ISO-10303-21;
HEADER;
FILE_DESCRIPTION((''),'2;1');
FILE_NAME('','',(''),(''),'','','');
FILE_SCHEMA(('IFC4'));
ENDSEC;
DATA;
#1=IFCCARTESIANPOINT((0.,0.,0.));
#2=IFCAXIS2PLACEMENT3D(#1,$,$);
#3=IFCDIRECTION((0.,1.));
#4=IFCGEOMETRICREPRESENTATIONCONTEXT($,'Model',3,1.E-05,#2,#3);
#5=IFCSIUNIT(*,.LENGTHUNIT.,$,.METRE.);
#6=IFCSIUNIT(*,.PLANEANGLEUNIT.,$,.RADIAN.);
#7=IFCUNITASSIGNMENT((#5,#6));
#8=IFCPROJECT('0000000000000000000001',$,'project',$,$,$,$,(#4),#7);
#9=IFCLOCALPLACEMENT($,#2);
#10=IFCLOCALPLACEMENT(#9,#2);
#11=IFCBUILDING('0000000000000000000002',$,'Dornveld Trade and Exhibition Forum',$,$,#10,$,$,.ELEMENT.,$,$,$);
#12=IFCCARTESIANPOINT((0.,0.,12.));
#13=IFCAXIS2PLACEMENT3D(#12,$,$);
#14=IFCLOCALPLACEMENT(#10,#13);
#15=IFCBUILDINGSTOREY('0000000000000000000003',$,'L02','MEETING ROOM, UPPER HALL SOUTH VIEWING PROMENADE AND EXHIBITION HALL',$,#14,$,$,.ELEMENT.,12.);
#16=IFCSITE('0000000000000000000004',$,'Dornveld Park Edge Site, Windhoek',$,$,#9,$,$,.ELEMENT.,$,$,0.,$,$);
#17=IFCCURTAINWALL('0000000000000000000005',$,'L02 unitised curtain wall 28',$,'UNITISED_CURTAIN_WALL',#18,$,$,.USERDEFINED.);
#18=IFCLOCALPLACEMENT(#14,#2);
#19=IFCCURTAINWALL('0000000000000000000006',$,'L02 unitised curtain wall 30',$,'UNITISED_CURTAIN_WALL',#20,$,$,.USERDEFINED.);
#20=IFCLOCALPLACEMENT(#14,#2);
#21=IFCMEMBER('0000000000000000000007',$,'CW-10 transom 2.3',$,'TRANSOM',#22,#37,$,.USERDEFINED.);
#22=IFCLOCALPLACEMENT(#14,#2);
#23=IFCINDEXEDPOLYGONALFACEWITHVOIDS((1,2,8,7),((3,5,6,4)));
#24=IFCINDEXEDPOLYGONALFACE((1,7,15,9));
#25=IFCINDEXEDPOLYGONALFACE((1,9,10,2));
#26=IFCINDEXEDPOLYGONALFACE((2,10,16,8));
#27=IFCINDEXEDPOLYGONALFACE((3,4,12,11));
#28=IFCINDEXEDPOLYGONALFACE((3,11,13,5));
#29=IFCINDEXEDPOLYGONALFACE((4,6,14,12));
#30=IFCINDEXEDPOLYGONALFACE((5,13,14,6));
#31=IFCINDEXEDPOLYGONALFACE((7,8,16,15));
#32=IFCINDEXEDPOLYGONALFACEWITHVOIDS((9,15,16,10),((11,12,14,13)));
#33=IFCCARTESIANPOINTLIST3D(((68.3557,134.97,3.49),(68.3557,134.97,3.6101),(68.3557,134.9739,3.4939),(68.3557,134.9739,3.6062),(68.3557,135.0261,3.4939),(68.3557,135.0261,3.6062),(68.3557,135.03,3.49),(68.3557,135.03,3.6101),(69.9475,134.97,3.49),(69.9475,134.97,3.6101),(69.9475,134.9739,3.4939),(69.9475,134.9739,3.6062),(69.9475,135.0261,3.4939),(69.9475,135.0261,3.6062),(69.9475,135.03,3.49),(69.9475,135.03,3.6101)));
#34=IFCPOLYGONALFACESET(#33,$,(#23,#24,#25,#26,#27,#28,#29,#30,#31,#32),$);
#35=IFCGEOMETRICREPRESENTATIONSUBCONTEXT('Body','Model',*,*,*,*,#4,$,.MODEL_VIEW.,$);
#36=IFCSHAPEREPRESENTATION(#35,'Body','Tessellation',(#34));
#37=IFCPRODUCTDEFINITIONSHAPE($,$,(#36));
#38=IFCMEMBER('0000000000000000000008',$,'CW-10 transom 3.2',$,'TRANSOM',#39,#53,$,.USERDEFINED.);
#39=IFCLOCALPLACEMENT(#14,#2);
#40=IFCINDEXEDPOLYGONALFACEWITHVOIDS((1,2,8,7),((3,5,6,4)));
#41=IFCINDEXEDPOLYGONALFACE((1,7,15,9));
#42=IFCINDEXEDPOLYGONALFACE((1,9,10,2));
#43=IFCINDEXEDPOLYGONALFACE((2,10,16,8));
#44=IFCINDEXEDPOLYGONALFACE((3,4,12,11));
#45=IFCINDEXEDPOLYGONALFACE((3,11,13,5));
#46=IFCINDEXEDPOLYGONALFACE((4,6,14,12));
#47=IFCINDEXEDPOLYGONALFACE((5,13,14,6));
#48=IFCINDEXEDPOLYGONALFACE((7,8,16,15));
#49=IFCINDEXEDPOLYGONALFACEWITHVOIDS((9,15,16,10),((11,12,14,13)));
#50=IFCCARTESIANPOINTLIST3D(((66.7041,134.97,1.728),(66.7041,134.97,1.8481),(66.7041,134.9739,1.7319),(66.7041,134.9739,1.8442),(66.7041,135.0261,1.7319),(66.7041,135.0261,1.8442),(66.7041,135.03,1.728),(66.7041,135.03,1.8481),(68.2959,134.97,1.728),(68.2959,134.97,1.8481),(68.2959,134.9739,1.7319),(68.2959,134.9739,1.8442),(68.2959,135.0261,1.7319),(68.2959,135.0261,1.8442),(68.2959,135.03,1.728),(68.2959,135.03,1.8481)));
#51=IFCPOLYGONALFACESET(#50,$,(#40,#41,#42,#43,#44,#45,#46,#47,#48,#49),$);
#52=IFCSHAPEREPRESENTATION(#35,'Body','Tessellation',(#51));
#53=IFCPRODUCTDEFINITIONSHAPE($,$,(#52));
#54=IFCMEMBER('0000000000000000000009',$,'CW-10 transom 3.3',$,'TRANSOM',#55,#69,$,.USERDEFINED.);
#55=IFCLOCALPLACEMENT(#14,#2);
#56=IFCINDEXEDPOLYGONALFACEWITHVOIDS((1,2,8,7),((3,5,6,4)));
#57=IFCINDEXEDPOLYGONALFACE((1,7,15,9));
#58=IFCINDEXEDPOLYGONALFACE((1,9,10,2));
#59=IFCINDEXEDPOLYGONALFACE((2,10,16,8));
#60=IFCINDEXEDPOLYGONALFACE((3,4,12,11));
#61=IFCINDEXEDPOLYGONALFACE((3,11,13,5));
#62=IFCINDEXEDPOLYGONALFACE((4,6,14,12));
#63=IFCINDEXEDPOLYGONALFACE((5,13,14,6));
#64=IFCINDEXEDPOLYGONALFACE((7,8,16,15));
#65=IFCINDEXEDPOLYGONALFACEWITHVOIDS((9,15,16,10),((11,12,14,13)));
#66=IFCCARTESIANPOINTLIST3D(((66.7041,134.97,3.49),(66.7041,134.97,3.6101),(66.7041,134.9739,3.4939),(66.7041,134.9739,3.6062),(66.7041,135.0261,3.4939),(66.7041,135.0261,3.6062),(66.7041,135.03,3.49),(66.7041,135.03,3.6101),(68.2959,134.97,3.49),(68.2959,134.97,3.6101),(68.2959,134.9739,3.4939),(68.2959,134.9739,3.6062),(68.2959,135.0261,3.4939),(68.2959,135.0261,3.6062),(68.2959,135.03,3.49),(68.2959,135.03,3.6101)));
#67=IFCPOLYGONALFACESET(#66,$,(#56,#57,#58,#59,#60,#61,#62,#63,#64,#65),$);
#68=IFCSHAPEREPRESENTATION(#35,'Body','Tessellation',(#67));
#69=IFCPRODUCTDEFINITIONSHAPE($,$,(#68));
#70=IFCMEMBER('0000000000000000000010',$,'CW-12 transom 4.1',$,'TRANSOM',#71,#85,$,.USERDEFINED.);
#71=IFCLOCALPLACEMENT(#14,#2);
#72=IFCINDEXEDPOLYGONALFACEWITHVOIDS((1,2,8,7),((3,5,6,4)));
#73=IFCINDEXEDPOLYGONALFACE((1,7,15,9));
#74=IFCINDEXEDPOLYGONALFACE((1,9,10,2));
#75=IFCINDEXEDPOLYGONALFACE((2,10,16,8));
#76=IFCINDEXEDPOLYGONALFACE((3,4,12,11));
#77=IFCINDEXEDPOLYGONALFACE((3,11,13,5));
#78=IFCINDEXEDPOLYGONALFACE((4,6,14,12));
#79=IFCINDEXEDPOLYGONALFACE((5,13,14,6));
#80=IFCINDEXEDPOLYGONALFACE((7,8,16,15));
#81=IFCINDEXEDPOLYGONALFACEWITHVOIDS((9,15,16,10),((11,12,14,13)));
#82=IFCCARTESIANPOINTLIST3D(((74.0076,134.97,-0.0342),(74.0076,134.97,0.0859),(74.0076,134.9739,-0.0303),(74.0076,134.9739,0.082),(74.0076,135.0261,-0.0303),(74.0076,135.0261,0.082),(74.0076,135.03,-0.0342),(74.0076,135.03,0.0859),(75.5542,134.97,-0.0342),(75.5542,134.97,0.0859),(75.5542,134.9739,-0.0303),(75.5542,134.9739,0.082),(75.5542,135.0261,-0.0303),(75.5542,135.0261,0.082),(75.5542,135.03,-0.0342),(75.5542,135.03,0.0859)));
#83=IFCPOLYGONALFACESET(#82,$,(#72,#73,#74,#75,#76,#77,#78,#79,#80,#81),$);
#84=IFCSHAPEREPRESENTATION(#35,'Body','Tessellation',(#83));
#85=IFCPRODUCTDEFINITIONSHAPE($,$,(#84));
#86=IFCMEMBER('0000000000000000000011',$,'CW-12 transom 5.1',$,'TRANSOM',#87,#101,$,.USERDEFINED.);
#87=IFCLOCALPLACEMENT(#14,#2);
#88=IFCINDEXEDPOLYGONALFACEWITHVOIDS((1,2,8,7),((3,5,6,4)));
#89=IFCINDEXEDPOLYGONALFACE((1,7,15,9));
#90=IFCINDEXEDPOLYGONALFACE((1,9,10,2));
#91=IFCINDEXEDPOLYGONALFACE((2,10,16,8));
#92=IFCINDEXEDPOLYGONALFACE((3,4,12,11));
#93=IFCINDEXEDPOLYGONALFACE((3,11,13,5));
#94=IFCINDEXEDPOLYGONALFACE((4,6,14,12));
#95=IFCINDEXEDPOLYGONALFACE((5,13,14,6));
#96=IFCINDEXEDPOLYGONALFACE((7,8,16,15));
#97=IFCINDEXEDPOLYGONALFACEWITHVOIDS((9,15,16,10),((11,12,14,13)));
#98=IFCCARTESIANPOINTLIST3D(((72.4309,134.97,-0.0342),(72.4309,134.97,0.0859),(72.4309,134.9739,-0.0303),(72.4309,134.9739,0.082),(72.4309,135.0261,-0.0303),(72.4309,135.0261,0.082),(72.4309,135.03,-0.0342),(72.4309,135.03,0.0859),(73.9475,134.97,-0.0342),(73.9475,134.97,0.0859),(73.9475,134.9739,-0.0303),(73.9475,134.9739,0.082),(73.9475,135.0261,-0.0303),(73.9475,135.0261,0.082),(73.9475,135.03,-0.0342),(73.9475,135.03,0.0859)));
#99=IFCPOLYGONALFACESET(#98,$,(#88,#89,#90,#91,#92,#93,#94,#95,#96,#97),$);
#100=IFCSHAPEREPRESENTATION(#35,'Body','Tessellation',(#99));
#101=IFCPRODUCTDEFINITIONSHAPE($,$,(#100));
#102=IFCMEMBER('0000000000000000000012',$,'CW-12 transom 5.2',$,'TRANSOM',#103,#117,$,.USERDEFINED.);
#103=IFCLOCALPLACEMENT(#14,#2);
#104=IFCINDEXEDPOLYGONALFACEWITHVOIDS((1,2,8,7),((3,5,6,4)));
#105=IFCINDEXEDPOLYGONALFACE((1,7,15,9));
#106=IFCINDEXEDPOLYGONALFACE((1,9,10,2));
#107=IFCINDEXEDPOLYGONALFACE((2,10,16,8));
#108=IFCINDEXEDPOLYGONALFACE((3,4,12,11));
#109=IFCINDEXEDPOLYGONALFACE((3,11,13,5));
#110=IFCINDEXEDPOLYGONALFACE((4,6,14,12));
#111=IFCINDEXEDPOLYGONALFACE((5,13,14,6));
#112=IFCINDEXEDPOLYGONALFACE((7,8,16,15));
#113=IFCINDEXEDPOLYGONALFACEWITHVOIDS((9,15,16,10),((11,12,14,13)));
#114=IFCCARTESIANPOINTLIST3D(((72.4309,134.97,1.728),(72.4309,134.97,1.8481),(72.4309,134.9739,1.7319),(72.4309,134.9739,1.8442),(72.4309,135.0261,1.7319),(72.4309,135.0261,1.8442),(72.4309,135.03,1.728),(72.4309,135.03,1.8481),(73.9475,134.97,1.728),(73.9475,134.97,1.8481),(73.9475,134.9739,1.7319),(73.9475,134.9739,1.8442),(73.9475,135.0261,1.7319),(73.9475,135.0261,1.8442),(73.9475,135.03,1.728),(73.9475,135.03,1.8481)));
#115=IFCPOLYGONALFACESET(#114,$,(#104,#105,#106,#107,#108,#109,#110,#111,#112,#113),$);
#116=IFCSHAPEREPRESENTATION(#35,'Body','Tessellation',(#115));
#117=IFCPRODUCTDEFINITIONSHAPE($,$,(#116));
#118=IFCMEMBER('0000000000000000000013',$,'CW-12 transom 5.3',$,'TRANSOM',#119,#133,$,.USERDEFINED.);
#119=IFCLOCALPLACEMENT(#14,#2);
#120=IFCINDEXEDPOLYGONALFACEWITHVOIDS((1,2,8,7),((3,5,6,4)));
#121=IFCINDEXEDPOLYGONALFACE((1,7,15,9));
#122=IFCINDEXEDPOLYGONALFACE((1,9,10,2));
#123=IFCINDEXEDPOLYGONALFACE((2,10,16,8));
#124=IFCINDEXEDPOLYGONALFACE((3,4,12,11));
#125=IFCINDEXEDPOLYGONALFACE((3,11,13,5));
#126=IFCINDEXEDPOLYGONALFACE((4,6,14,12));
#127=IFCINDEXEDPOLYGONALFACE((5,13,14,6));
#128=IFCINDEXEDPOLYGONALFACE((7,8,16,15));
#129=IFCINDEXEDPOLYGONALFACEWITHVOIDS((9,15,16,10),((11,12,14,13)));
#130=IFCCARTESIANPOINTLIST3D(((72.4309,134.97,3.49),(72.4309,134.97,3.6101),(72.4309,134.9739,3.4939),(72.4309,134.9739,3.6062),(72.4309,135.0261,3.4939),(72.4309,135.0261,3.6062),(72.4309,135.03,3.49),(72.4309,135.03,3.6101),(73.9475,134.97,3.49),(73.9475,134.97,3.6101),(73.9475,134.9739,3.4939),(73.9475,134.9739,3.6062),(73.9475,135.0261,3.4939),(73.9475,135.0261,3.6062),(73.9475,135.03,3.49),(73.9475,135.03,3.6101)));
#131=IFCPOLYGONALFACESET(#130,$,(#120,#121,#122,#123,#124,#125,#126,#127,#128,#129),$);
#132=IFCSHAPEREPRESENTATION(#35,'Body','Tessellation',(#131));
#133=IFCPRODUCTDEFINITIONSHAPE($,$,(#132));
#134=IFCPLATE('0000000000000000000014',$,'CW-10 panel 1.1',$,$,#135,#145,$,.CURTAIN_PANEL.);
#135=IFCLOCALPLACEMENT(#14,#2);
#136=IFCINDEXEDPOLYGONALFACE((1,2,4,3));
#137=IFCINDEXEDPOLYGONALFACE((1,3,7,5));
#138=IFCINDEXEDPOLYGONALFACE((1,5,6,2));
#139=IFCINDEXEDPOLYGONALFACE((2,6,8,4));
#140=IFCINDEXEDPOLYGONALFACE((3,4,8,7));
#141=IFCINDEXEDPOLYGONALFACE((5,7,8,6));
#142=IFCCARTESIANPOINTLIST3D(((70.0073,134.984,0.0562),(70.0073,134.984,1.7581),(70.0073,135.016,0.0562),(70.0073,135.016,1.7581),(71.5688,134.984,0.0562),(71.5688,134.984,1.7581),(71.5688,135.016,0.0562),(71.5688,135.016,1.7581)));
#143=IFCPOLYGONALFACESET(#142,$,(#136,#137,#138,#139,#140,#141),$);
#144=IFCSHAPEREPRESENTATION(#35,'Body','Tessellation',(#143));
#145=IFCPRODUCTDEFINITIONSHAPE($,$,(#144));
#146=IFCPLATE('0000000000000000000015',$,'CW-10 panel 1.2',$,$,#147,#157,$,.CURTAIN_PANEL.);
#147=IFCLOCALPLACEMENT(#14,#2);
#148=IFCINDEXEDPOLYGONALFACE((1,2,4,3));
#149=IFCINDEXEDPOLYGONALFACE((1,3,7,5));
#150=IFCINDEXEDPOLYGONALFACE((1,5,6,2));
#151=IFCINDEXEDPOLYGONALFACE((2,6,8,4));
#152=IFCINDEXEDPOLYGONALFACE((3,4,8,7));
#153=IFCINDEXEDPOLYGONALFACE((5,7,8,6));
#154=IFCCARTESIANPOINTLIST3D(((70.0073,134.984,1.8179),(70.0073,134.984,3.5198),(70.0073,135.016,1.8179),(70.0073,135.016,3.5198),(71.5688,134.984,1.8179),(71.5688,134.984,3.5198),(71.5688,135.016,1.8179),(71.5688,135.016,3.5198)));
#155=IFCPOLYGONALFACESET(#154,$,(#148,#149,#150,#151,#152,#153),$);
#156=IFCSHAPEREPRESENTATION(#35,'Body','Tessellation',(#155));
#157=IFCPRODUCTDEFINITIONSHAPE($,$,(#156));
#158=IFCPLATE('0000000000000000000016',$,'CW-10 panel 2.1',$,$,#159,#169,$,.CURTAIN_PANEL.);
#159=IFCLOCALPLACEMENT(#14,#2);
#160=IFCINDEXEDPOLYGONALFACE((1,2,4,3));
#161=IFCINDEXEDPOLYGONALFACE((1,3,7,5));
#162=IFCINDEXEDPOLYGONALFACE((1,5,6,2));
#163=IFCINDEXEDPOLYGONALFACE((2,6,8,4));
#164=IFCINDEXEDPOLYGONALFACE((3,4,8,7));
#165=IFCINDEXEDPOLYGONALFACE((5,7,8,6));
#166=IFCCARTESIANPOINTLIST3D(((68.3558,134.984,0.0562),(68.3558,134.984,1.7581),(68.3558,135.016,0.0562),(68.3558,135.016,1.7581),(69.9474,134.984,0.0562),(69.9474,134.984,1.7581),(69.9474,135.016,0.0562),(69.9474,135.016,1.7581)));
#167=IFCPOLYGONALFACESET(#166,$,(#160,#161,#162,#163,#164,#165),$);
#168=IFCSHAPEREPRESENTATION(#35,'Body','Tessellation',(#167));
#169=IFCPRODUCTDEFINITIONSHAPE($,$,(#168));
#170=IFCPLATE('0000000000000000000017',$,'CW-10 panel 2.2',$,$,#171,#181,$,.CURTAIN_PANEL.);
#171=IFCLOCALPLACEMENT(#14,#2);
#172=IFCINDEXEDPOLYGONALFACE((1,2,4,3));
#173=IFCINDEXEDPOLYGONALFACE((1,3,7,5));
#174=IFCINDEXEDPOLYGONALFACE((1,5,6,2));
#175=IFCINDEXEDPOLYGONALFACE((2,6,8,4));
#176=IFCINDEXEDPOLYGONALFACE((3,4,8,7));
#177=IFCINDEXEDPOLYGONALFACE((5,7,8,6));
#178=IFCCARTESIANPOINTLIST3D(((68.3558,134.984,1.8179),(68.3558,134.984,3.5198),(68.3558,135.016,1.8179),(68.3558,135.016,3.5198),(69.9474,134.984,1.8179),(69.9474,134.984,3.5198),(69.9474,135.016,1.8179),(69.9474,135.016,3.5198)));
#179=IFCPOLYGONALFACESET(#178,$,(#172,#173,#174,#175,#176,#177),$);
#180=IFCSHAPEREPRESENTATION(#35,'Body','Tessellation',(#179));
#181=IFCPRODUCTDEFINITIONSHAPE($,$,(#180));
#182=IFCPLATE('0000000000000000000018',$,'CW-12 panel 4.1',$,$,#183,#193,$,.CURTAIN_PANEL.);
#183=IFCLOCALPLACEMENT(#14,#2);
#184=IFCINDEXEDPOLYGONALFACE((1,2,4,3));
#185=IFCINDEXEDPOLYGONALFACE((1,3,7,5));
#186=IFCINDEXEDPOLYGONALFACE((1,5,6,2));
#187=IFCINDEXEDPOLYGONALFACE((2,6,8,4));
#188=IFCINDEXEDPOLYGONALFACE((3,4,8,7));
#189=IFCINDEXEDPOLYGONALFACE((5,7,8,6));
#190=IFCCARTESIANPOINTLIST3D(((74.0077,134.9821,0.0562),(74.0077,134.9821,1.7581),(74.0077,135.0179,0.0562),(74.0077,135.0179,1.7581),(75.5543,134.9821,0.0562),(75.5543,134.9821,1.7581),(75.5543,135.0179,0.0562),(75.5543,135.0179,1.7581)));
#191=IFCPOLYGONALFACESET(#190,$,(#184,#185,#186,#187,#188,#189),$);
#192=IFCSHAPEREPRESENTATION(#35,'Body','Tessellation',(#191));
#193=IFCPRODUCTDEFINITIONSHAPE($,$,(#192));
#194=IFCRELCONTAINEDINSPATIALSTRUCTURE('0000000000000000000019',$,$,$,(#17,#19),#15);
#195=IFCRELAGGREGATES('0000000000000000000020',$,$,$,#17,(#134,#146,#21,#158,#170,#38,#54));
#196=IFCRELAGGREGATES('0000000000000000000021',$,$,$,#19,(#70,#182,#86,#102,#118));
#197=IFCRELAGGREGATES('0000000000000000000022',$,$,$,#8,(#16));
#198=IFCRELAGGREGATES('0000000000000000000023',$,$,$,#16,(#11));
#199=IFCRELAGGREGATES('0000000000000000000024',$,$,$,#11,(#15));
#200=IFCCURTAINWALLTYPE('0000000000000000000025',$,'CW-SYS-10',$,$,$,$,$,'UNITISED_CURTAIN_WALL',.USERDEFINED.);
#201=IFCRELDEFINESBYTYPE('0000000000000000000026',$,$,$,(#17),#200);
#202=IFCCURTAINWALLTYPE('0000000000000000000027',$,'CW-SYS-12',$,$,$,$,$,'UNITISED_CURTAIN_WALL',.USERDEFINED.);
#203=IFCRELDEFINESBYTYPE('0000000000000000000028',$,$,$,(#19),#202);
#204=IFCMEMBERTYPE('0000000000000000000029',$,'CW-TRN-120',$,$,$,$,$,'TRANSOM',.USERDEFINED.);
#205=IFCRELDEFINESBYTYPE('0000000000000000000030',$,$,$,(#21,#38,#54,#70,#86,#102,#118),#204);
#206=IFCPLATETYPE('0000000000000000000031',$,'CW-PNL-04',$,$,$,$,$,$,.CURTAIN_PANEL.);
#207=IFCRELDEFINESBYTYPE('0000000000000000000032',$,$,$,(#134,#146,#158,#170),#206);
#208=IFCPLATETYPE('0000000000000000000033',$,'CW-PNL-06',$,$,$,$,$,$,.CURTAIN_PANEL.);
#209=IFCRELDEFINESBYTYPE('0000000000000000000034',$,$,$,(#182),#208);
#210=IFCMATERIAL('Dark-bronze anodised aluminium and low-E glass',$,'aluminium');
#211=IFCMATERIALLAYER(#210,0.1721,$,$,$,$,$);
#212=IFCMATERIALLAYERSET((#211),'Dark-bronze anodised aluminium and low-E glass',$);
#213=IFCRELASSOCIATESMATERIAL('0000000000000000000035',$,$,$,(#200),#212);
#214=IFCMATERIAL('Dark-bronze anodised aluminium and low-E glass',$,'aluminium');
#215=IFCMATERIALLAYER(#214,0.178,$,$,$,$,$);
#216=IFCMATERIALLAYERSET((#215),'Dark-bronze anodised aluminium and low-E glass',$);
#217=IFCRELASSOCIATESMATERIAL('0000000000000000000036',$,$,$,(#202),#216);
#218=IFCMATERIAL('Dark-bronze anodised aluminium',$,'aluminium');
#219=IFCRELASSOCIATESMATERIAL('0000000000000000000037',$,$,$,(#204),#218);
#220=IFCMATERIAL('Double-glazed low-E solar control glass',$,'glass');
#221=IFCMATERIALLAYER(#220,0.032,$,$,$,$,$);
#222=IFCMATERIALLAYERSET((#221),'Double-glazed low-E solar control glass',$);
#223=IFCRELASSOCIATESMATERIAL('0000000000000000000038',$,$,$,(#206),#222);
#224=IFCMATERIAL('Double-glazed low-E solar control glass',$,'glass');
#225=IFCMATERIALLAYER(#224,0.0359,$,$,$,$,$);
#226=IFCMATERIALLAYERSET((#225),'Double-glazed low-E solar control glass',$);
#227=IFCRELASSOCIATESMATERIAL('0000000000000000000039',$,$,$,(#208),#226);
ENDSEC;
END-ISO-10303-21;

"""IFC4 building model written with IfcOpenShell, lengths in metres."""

from ifc_helpers import new_model, si_unit, direction, frame, origin, origin_2d, place, context, subcontext, project, spatial, rectangle, hollow_rectangle, extrude, material, layer, layer_set, material_profile, profile_set, type_object, element, aggregate, save


model = new_model("IFC4")

# Units and contexts
model_context = context("Model", 3, precision=1e-05, world=origin(), true_north=direction((0.0, 1.0)))
body_context = subcontext(model_context, "Body", "Model", "MODEL_VIEW")
ifc_project = project(units=[si_unit("LENGTHUNIT", "METRE"), si_unit("PLANEANGLEUNIT", "RADIAN")], contexts=[model_context])

# Site, building, storey
site_placement = place(None, origin())
site = spatial("IfcSite", under=ifc_project, at=site_placement, Name="Dornveld Park Edge Site, Windhoek", CompositionType="ELEMENT", RefElevation=0.0)
building_placement = place(site_placement, origin())
building = spatial("IfcBuilding", under=site, at=building_placement, Name="Dornveld Trade and Exhibition Forum", CompositionType="ELEMENT")
storey_placement = place(building_placement, frame((0.0, 0.0, 12.0)))
storey = spatial("IfcBuildingStorey", under=building, at=storey_placement, Name="L02", Description="MEETING ROOM, UPPER HALL SOUTH VIEWING PROMENADE AND EXHIBITION HALL", CompositionType="ELEMENT", Elevation=12.0)

# Curtain walls
ifc_material_1 = material(Name="Dark-bronze anodised aluminium and low-E glass", Category="aluminium")
ifc_layer_1 = layer(ifc_material_1, 0.1721)
ifc_layer_set_1 = layer_set([ifc_layer_1], Name="Dark-bronze anodised aluminium and low-E glass")
curtain_wall_type_1 = type_object("IfcCurtainWallType", Name="CW-SYS-10", ElementType="UNITISED_CURTAIN_WALL", PredefinedType="USERDEFINED", material=ifc_layer_set_1)
curtain_wall_1_placement = place(storey_placement, origin())
curtain_wall_1 = element("IfcCurtainWall", 1, at=curtain_wall_1_placement, inside=storey, type_object=curtain_wall_type_1, Name="L02 unitised curtain wall 28", ObjectType="UNITISED_CURTAIN_WALL", PredefinedType="USERDEFINED")
ifc_material_2 = material(Name="Dark-bronze anodised aluminium and low-E glass", Category="aluminium")
ifc_layer_2 = layer(ifc_material_2, 0.178)
ifc_layer_set_2 = layer_set([ifc_layer_2], Name="Dark-bronze anodised aluminium and low-E glass")
curtain_wall_type_2 = type_object("IfcCurtainWallType", Name="CW-SYS-12", ElementType="UNITISED_CURTAIN_WALL", PredefinedType="USERDEFINED", material=ifc_layer_set_2)
curtain_wall_2_placement = place(storey_placement, origin())
curtain_wall_2 = element("IfcCurtainWall", 2, at=curtain_wall_2_placement, inside=storey, type_object=curtain_wall_type_2, Name="L02 unitised curtain wall 30", ObjectType="UNITISED_CURTAIN_WALL", PredefinedType="USERDEFINED")

# Members
ifc_material_3 = material(Name="Dark-bronze anodised aluminium", Category="aluminium")
ifc_material_profile_1 = material_profile(ifc_material_3, hollow_rectangle(XDim=0.0601, YDim=0.1201, WallThickness=0.0039, at=origin_2d()), Name="RHS 120x60x4")
ifc_profile_set_1 = profile_set([ifc_material_profile_1], Name="Dark-bronze anodised aluminium")
member_type_1 = type_object("IfcMemberType", Name="CW-TRN-120", ElementType="TRANSOM", PredefinedType="USERDEFINED", material=ifc_profile_set_1)
member_1_placement = place(storey_placement, frame((69.9475, 135.0, 3.55), z_axis=(-1.0, 0.0, 0.0), x_axis=(0.0, -1.0, 0.0)))
member_1 = element("IfcMember", 3, at=member_1_placement, type_object=member_type_1, Name="CW-10 transom 2.3", ObjectType="TRANSOM", PredefinedType="USERDEFINED", context=body_context, shape_type="SweptSolid", body=[
    extrude(hollow_rectangle(XDim=0.0601, YDim=0.1201, WallThickness=0.0039, at=origin_2d()), origin(), (0.0, 0.0, 1.0), 1.5918),
])
member_2_placement = place(storey_placement, frame((68.2959, 135.0, 1.7881), z_axis=(-1.0, 0.0, 0.0), x_axis=(0.0, -1.0, 0.0)))
member_2 = element("IfcMember", 4, at=member_2_placement, type_object=member_type_1, Name="CW-10 transom 3.2", ObjectType="TRANSOM", PredefinedType="USERDEFINED", context=body_context, shape_type="SweptSolid", body=[
    extrude(hollow_rectangle(XDim=0.0601, YDim=0.1201, WallThickness=0.0039, at=origin_2d()), origin(), (0.0, 0.0, 1.0), 1.5918),
])
member_3_placement = place(storey_placement, frame((68.2959, 135.0, 3.55), z_axis=(-1.0, 0.0, 0.0), x_axis=(0.0, -1.0, 0.0)))
member_3 = element("IfcMember", 5, at=member_3_placement, type_object=member_type_1, Name="CW-10 transom 3.3", ObjectType="TRANSOM", PredefinedType="USERDEFINED", context=body_context, shape_type="SweptSolid", body=[
    extrude(hollow_rectangle(XDim=0.0601, YDim=0.1201, WallThickness=0.0039, at=origin_2d()), origin(), (0.0, 0.0, 1.0), 1.5918),
])
member_4_placement = place(storey_placement, frame((75.5542, 135.0, 0.0259), z_axis=(-1.0, 0.0, 0.0), x_axis=(0.0, -1.0, 0.0)))
member_4 = element("IfcMember", 6, at=member_4_placement, type_object=member_type_1, Name="CW-12 transom 4.1", ObjectType="TRANSOM", PredefinedType="USERDEFINED", context=body_context, shape_type="SweptSolid", body=[
    extrude(hollow_rectangle(XDim=0.0601, YDim=0.1201, WallThickness=0.0039, at=origin_2d()), origin(), (0.0, 0.0, 1.0), 1.5466),
])
member_5_placement = place(storey_placement, frame((73.9475, 135.0, 0.0259), z_axis=(-1.0, 0.0, 0.0), x_axis=(0.0, -1.0, 0.0)))
member_5 = element("IfcMember", 7, at=member_5_placement, type_object=member_type_1, Name="CW-12 transom 5.1", ObjectType="TRANSOM", PredefinedType="USERDEFINED", context=body_context, shape_type="SweptSolid", body=[
    extrude(hollow_rectangle(XDim=0.0601, YDim=0.1201, WallThickness=0.0039, at=origin_2d()), origin(), (0.0, 0.0, 1.0), 1.5166),
])
member_6_placement = place(storey_placement, frame((73.9475, 135.0, 1.7881), z_axis=(-1.0, 0.0, 0.0), x_axis=(0.0, -1.0, 0.0)))
member_6 = element("IfcMember", 8, at=member_6_placement, type_object=member_type_1, Name="CW-12 transom 5.2", ObjectType="TRANSOM", PredefinedType="USERDEFINED", context=body_context, shape_type="SweptSolid", body=[
    extrude(hollow_rectangle(XDim=0.0601, YDim=0.1201, WallThickness=0.0039, at=origin_2d()), origin(), (0.0, 0.0, 1.0), 1.5166),
])
member_7_placement = place(storey_placement, frame((73.9475, 135.0, 3.55), z_axis=(-1.0, 0.0, 0.0), x_axis=(0.0, -1.0, 0.0)))
member_7 = element("IfcMember", 9, at=member_7_placement, type_object=member_type_1, Name="CW-12 transom 5.3", ObjectType="TRANSOM", PredefinedType="USERDEFINED", context=body_context, shape_type="SweptSolid", body=[
    extrude(hollow_rectangle(XDim=0.0601, YDim=0.1201, WallThickness=0.0039, at=origin_2d()), origin(), (0.0, 0.0, 1.0), 1.5166),
])

# Plates
ifc_material_4 = material(Name="Double-glazed low-E solar control glass", Category="glass")
ifc_layer_3 = layer(ifc_material_4, 0.032)
ifc_layer_set_3 = layer_set([ifc_layer_3], Name="Double-glazed low-E solar control glass")
plate_type_1 = type_object("IfcPlateType", Name="CW-PNL-04", PredefinedType="CURTAIN_PANEL", material=ifc_layer_set_3)
plate_1_placement = place(storey_placement, frame((70.7881, 135.0, 0.0562), z_axis=(0.0, 0.0, 1.0), x_axis=(-1.0, 0.0, 0.0)))
plate_1 = element("IfcPlate", 10, at=plate_1_placement, type_object=plate_type_1, Name="CW-10 panel 1.1", PredefinedType="CURTAIN_PANEL", context=body_context, shape_type="SweptSolid", body=[
    extrude(rectangle(XDim=1.5615, YDim=0.032, at=origin_2d()), origin(), (0.0, 0.0, 1.0), 1.7019),
])
plate_2_placement = place(storey_placement, frame((70.7881, 135.0, 1.8179), z_axis=(0.0, 0.0, 1.0), x_axis=(-1.0, 0.0, 0.0)))
plate_2 = element("IfcPlate", 11, at=plate_2_placement, type_object=plate_type_1, Name="CW-10 panel 1.2", PredefinedType="CURTAIN_PANEL", context=body_context, shape_type="SweptSolid", body=[
    extrude(rectangle(XDim=1.5615, YDim=0.032, at=origin_2d()), origin(), (0.0, 0.0, 1.0), 1.7019),
])
plate_3_placement = place(storey_placement, frame((69.1516, 135.0, 0.0562), z_axis=(0.0, 0.0, 1.0), x_axis=(-1.0, 0.0, 0.0)))
plate_3 = element("IfcPlate", 12, at=plate_3_placement, type_object=plate_type_1, Name="CW-10 panel 2.1", PredefinedType="CURTAIN_PANEL", context=body_context, shape_type="SweptSolid", body=[
    extrude(rectangle(XDim=1.5916, YDim=0.032, at=origin_2d()), origin(), (0.0, 0.0, 1.0), 1.7019),
])
plate_4_placement = place(storey_placement, frame((69.1516, 135.0, 1.8179), z_axis=(0.0, 0.0, 1.0), x_axis=(-1.0, 0.0, 0.0)))
plate_4 = element("IfcPlate", 13, at=plate_4_placement, type_object=plate_type_1, Name="CW-10 panel 2.2", PredefinedType="CURTAIN_PANEL", context=body_context, shape_type="SweptSolid", body=[
    extrude(rectangle(XDim=1.5916, YDim=0.032, at=origin_2d()), origin(), (0.0, 0.0, 1.0), 1.7019),
])
aggregate(curtain_wall_1, [plate_1, plate_2, member_1, plate_3, plate_4, member_2, member_3])
ifc_material_5 = material(Name="Double-glazed low-E solar control glass", Category="glass")
ifc_layer_4 = layer(ifc_material_5, 0.0359)
ifc_layer_set_4 = layer_set([ifc_layer_4], Name="Double-glazed low-E solar control glass")
plate_type_2 = type_object("IfcPlateType", Name="CW-PNL-06", PredefinedType="CURTAIN_PANEL", material=ifc_layer_set_4)
plate_5_placement = place(storey_placement, frame((74.781, 135.0, 0.0562), z_axis=(0.0, 0.0, 1.0), x_axis=(-1.0, 0.0, 0.0)))
plate_5 = element("IfcPlate", 14, at=plate_5_placement, type_object=plate_type_2, Name="CW-12 panel 4.1", PredefinedType="CURTAIN_PANEL", context=body_context, shape_type="SweptSolid", body=[
    extrude(rectangle(XDim=1.5466, YDim=0.0359, at=origin_2d()), origin(), (0.0, 0.0, 1.0), 1.7019),
])
aggregate(curtain_wall_2, [member_4, plate_5, member_5, member_6, member_7])

save(model, "model.ifc")
